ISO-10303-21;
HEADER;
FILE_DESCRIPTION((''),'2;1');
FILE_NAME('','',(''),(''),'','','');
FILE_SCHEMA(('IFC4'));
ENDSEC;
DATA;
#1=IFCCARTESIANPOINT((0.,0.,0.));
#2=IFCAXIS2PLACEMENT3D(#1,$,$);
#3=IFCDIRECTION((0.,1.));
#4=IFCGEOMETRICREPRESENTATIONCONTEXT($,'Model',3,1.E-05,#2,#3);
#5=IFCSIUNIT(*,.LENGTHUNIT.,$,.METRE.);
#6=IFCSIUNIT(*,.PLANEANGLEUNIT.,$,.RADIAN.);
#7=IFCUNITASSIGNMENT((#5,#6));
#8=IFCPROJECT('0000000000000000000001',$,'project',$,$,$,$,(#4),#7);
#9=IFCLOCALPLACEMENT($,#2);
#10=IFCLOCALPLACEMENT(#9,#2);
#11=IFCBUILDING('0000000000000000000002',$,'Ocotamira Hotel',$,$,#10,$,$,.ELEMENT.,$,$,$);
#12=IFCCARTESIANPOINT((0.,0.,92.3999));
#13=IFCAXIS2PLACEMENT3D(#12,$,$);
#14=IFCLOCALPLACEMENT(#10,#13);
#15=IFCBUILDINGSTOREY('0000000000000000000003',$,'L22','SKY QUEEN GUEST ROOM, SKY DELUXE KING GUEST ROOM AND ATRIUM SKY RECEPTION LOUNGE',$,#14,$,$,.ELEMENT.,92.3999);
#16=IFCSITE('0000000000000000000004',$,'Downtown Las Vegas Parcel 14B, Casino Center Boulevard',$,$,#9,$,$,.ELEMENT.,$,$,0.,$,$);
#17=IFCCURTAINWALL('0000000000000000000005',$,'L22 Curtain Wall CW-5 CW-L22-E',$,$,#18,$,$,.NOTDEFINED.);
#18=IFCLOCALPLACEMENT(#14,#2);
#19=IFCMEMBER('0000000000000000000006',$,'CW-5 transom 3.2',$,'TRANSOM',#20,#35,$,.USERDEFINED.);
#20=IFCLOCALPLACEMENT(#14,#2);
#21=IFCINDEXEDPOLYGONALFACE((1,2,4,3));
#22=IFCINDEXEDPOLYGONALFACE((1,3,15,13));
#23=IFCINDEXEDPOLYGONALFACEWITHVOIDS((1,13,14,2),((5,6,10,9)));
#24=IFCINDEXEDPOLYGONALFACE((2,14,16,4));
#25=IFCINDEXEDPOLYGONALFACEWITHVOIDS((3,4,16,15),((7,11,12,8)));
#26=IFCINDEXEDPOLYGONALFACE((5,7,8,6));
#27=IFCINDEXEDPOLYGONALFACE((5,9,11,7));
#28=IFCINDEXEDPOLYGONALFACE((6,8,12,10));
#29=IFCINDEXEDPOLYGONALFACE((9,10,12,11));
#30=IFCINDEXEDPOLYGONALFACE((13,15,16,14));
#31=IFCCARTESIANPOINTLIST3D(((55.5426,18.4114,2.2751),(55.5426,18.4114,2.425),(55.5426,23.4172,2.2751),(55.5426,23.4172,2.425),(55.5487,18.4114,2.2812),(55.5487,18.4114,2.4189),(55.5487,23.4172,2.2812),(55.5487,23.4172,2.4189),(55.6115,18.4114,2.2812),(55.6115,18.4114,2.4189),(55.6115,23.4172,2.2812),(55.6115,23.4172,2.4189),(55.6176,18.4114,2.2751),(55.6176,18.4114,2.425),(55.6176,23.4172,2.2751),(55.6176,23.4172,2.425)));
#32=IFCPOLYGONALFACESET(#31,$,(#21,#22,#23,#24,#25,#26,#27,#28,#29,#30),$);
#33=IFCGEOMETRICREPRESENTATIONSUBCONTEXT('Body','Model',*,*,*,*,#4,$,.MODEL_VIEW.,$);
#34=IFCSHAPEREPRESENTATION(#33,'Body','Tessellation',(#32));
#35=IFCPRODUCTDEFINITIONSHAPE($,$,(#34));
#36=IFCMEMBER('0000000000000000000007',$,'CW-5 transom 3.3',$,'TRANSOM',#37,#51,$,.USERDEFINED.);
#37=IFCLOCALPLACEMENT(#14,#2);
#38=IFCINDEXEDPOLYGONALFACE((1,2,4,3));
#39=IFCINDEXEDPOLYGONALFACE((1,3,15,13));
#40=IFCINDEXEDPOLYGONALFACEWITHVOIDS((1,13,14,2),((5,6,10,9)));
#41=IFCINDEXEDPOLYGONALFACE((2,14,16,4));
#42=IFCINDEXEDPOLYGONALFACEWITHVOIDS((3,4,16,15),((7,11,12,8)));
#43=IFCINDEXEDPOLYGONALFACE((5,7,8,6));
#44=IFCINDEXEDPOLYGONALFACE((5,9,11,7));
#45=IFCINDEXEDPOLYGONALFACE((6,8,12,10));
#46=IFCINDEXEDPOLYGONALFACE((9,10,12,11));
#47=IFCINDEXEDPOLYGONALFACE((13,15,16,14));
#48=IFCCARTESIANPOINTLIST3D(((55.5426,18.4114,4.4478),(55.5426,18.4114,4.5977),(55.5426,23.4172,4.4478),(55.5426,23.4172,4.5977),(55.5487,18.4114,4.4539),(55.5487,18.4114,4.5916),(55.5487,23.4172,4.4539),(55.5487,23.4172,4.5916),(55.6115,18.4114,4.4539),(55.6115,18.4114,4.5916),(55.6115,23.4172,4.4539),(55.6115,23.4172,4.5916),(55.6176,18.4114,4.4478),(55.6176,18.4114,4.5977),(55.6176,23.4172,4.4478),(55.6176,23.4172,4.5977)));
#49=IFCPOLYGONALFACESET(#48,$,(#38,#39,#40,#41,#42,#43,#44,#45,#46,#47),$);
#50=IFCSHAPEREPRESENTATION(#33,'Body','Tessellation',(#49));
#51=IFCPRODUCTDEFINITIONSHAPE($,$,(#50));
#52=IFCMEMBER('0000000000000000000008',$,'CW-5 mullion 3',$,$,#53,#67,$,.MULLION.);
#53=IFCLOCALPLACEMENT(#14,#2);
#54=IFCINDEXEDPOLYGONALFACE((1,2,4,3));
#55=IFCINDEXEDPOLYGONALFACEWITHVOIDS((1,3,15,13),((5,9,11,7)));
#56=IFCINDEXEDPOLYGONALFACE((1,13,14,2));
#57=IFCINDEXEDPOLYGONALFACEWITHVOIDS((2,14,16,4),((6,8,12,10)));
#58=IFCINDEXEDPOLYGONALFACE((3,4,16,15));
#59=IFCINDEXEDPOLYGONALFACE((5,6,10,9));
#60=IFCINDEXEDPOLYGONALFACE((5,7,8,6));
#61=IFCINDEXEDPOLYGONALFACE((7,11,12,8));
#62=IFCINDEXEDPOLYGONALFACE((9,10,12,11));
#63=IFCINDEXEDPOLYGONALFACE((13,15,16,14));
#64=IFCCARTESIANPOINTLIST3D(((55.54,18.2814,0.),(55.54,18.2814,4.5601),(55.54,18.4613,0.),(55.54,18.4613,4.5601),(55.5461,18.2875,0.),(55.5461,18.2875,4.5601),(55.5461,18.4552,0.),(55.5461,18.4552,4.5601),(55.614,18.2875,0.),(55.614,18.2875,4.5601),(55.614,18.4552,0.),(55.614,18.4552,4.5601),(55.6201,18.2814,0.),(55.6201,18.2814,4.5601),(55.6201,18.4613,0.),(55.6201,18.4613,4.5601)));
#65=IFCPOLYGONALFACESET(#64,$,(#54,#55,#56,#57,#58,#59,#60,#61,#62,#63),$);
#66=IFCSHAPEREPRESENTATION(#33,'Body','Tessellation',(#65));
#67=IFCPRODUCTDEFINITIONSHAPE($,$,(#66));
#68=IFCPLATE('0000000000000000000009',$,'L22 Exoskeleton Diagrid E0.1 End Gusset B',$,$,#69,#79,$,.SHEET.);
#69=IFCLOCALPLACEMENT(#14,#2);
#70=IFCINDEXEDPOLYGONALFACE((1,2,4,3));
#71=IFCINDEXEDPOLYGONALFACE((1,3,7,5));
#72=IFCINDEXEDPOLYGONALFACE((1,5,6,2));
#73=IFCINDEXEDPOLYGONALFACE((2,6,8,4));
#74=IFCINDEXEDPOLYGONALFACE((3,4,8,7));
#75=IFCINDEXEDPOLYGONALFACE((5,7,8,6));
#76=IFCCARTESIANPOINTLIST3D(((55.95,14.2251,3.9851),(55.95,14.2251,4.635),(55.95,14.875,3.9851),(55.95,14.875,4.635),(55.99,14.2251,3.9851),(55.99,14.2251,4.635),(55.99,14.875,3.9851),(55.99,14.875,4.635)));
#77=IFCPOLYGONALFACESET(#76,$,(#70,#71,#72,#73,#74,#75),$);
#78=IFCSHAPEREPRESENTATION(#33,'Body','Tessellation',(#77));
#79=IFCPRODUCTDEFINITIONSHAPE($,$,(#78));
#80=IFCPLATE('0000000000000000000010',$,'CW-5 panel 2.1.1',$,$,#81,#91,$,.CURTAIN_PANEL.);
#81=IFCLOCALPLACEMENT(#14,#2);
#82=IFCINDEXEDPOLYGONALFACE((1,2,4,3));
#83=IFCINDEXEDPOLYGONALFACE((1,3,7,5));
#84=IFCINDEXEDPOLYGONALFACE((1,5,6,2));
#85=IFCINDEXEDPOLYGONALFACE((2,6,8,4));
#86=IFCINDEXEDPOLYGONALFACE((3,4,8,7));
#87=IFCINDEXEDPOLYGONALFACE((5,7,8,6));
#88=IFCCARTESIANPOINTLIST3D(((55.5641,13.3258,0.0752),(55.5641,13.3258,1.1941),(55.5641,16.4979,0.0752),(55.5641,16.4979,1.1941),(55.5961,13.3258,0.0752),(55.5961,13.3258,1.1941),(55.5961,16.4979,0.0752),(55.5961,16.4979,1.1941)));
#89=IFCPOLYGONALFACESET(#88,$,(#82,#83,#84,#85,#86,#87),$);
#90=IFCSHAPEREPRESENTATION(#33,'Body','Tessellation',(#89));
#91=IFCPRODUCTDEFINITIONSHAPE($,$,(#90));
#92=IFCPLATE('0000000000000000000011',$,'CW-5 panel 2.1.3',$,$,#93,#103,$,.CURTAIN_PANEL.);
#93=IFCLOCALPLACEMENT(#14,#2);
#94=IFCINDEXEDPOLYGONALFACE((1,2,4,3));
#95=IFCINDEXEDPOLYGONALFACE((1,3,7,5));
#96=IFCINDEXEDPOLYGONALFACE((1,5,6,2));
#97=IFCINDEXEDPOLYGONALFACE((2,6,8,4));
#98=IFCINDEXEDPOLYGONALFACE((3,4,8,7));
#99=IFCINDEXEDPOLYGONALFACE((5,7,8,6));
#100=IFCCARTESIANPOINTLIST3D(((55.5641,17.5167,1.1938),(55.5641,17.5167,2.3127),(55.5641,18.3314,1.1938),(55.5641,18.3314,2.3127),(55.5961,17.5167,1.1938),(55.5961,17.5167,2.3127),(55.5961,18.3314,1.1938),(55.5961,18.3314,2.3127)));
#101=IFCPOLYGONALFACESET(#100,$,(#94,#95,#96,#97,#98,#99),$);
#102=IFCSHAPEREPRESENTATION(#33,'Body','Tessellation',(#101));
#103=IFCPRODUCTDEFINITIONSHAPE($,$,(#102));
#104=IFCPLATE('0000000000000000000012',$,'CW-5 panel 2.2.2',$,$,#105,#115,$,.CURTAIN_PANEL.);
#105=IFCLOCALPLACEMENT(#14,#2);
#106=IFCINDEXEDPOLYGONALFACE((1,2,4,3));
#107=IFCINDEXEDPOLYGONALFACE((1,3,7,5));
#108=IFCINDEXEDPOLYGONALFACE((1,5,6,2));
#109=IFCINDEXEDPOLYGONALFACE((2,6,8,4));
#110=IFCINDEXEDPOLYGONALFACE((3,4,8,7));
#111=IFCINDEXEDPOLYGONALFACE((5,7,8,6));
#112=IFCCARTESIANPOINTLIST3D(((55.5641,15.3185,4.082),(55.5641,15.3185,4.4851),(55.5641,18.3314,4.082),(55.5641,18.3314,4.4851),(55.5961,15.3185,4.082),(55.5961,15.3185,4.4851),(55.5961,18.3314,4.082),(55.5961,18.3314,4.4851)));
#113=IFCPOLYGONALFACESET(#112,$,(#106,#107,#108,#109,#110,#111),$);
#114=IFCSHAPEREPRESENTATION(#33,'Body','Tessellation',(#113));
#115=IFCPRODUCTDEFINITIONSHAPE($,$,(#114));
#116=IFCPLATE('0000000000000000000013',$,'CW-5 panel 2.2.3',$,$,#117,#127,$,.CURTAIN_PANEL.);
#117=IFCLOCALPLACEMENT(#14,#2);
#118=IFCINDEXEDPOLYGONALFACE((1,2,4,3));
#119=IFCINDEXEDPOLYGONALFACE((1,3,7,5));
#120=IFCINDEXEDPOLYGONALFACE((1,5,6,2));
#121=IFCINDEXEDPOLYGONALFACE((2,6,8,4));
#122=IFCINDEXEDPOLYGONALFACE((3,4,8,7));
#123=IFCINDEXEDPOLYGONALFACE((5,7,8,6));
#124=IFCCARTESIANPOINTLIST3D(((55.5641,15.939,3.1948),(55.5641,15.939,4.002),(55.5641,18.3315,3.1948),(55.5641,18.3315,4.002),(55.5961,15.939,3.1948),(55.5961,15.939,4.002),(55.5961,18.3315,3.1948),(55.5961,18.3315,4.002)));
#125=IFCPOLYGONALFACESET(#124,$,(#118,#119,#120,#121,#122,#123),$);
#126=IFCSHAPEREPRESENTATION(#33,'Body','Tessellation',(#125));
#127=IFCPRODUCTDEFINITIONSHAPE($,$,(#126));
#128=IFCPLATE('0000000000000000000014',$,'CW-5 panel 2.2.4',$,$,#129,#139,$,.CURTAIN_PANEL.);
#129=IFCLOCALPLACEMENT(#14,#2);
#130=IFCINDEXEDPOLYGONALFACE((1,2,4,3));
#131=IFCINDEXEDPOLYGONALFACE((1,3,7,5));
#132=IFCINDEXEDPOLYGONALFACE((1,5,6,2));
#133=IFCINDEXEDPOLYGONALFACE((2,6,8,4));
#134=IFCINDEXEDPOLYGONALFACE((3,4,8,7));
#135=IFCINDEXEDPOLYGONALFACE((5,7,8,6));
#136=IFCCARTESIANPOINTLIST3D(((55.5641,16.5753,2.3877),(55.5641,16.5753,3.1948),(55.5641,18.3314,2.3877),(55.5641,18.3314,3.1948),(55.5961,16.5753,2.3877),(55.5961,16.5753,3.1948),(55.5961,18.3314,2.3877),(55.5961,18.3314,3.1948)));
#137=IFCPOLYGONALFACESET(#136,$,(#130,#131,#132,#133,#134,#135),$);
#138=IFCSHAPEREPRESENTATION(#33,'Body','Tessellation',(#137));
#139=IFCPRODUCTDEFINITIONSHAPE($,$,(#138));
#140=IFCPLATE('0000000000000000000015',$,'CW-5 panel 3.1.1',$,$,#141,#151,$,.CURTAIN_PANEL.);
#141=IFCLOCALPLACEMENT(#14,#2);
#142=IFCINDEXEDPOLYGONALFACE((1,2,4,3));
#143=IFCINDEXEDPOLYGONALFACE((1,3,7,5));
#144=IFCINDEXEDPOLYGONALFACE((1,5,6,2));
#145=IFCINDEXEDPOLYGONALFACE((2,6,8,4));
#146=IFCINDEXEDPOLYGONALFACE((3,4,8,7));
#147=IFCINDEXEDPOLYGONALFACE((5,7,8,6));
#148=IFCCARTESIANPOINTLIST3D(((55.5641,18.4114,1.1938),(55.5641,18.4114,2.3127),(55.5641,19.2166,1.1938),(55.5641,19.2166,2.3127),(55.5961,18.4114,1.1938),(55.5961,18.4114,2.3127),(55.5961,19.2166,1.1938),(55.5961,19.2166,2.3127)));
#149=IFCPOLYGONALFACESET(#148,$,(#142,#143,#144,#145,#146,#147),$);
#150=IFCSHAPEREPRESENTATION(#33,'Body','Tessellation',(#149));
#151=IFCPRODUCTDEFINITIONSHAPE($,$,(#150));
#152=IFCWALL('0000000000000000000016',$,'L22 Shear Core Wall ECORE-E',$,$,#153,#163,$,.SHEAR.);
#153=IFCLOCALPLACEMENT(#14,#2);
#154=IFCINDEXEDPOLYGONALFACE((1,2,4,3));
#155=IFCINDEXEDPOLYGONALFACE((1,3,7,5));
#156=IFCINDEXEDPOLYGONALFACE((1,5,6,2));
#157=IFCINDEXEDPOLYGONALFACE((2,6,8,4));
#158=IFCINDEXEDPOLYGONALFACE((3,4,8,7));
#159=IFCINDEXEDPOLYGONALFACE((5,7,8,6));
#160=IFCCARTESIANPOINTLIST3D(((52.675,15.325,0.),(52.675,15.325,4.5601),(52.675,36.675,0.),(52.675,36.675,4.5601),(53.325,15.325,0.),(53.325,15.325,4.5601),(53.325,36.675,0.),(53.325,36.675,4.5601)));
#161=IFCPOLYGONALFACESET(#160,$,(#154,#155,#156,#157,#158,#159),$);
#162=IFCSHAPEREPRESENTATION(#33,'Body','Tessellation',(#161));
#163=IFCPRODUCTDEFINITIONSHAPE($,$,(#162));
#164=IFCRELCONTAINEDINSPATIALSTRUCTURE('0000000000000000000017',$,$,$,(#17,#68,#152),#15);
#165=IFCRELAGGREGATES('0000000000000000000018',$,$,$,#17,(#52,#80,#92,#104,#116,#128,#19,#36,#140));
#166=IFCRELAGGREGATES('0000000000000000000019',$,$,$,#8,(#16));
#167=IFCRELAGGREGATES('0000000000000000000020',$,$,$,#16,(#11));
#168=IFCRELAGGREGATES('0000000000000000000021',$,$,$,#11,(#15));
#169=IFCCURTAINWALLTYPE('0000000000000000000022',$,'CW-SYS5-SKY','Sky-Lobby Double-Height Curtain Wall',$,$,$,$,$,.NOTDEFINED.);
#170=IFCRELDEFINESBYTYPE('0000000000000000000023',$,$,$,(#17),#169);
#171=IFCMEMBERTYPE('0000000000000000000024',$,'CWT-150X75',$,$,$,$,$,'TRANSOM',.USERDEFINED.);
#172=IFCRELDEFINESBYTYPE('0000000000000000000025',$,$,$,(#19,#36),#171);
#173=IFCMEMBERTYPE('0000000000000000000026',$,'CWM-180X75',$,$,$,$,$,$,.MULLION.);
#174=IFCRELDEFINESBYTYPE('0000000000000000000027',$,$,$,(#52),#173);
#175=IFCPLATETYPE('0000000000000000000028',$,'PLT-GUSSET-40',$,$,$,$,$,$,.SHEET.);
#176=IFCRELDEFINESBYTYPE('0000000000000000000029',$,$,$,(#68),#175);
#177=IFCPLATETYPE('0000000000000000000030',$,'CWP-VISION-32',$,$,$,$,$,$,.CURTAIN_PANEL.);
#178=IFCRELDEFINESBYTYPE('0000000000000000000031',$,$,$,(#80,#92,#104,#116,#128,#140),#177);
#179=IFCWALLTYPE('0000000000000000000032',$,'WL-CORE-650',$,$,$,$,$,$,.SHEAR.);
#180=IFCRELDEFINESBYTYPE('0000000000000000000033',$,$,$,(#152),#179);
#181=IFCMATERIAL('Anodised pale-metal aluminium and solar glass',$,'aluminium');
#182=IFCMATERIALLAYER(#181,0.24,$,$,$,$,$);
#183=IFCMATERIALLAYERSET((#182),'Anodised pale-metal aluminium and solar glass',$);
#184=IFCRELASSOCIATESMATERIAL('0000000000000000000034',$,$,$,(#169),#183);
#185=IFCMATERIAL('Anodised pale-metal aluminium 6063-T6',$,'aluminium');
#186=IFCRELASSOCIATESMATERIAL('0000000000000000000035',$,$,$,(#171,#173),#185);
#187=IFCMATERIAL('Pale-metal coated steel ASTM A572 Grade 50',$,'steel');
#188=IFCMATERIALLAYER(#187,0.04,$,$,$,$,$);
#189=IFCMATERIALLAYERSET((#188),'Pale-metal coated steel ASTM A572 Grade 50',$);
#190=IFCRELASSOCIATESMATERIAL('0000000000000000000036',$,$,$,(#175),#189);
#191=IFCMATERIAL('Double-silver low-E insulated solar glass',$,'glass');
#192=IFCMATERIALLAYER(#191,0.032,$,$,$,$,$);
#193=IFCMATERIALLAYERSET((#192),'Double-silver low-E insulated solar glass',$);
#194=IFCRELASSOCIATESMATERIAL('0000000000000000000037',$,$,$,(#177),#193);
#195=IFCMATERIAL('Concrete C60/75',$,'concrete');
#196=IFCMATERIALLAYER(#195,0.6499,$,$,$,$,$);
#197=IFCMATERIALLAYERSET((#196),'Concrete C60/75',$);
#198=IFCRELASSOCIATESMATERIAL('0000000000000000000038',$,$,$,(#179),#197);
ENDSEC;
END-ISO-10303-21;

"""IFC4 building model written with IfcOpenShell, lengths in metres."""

from ifc_helpers import new_model, si_unit, direction, frame, frame_2d, origin, origin_2d, place, context, subcontext, project, spatial, rectangle, hollow_rectangle, extrude, source, transform, mapped, material, layer, layer_set, material_profile, profile_set, type_object, element, aggregate, save


model = new_model("IFC4")

# Units and contexts
model_context = context("Model", 3, precision=1e-05, world=origin(), true_north=direction((0.0, 1.0)))
body_context = subcontext(model_context, "Body", "Model", "MODEL_VIEW")
ifc_project = project(units=[si_unit("LENGTHUNIT", "METRE"), si_unit("PLANEANGLEUNIT", "RADIAN")], contexts=[model_context])

# Site, building, storey
site_placement = place(None, origin())
site = spatial("IfcSite", under=ifc_project, at=site_placement, Name="Downtown Las Vegas Parcel 14B, Casino Center Boulevard", CompositionType="ELEMENT", RefElevation=0.0)
building_placement = place(site_placement, origin())
building = spatial("IfcBuilding", under=site, at=building_placement, Name="Ocotamira Hotel", CompositionType="ELEMENT")
storey_placement = place(building_placement, frame((0.0, 0.0, 92.3999)))
storey = spatial("IfcBuildingStorey", under=building, at=storey_placement, Name="L22", Description="SKY QUEEN GUEST ROOM, SKY DELUXE KING GUEST ROOM AND ATRIUM SKY RECEPTION LOUNGE", CompositionType="ELEMENT", Elevation=92.3999)

# Curtain wall, members
ifc_material_1 = material(Name="Anodised pale-metal aluminium and solar glass", Category="aluminium")
ifc_layer_1 = layer(ifc_material_1, 0.24)
ifc_layer_set_1 = layer_set([ifc_layer_1], Name="Anodised pale-metal aluminium and solar glass")
curtain_wall_type = type_object("IfcCurtainWallType", Name="CW-SYS5-SKY", Description="Sky-Lobby Double-Height Curtain Wall", PredefinedType="NOTDEFINED", material=ifc_layer_set_1)
curtain_wall_placement = place(storey_placement, origin())
curtain_wall = element("IfcCurtainWall", 1, at=curtain_wall_placement, inside=storey, type_object=curtain_wall_type, Name="L22 Curtain Wall CW-5 CW-L22-E", PredefinedType="NOTDEFINED")
ifc_material_2 = material(Name="Anodised pale-metal aluminium 6063-T6", Category="aluminium")
ifc_material_profile_1 = material_profile(ifc_material_2, hollow_rectangle(XDim=0.075, YDim=0.1499, WallThickness=0.0061, at=origin_2d()), Name="HSS150X75X6")
ifc_profile_set_1 = profile_set([ifc_material_profile_1], Name="Anodised pale-metal aluminium 6063-T6")
member_type_1 = type_object("IfcMemberType", Name="CWT-150X75", ElementType="TRANSOM", PredefinedType="USERDEFINED", material=ifc_profile_set_1)
shared_shape_1 = source(origin(), body_context, "Body", "SweptSolid", [
    extrude(hollow_rectangle(XDim=0.075, YDim=0.1499, WallThickness=0.0061, at=origin_2d()), origin(), (0.0, 0.0, 1.0), 5.0059),
])
member_1_placement = place(storey_placement, frame((55.5801, 18.4114, 2.3501), z_axis=(0.0, 1.0, 0.0), x_axis=(-1.0, 0.0, 0.0)))
member_1 = element("IfcMember", 2, at=member_1_placement, type_object=member_type_1, Name="CW-5 transom 3.2", ObjectType="TRANSOM", PredefinedType="USERDEFINED", context=body_context, shape_type="MappedRepresentation", body=[
    mapped(shared_shape_1, transform((0.0, 0.0, 0.0), scale=1.0)),
])
member_2_placement = place(storey_placement, frame((55.5801, 18.4114, 4.5227), z_axis=(0.0, 1.0, 0.0), x_axis=(-1.0, 0.0, 0.0)))
member_2 = element("IfcMember", 3, at=member_2_placement, type_object=member_type_1, Name="CW-5 transom 3.3", ObjectType="TRANSOM", PredefinedType="USERDEFINED", context=body_context, shape_type="MappedRepresentation", body=[
    mapped(shared_shape_1, transform((0.0, 0.0, 0.0), scale=1.0)),
])
ifc_material_profile_2 = material_profile(ifc_material_2, hollow_rectangle(XDim=0.0801, YDim=0.1799, WallThickness=0.0061, at=origin_2d()), Name="HSS180X80X6")
ifc_profile_set_2 = profile_set([ifc_material_profile_2], Name="Anodised pale-metal aluminium 6063-T6")
member_type_2 = type_object("IfcMemberType", Name="CWM-180X75", PredefinedType="MULLION", material=ifc_profile_set_2)
shared_shape_2 = source(origin(), body_context, "Body", "SweptSolid", [
    extrude(hollow_rectangle(XDim=0.0801, YDim=0.1799, WallThickness=0.0061, at=origin_2d()), origin(), (0.0, 0.0, 1.0), 4.5601),
])
member_3_placement = place(storey_placement, frame((55.5801, 18.3713, 0.0), z_axis=(0.0, 0.0, 1.0), x_axis=(-1.0, 0.0, 0.0)))
member_3 = element("IfcMember", 4, at=member_3_placement, type_object=member_type_2, Name="CW-5 mullion 3", PredefinedType="MULLION", context=body_context, shape_type="MappedRepresentation", body=[
    mapped(shared_shape_2, transform((0.0, 0.0, 0.0), scale=1.0)),
])

# Plates
ifc_material_3 = material(Name="Pale-metal coated steel ASTM A572 Grade 50", Category="steel")
ifc_layer_2 = layer(ifc_material_3, 0.04)
ifc_layer_set_2 = layer_set([ifc_layer_2], Name="Pale-metal coated steel ASTM A572 Grade 50")
plate_type_1 = type_object("IfcPlateType", Name="PLT-GUSSET-40", PredefinedType="SHEET", material=ifc_layer_set_2)
shared_shape_3 = source(origin(), body_context, "Body", "SweptSolid", [
    extrude(rectangle(XDim=0.04, YDim=0.6499, at=origin_2d()), origin(), (0.0, 0.0, 1.0), 0.6499),
])
plate_1_placement = place(storey_placement, frame((55.97, 14.55, 3.9851), z_axis=(0.0, 0.0, 1.0), x_axis=(1.0, 0.0, 0.0)))
element("IfcPlate", 5, at=plate_1_placement, inside=storey, type_object=plate_type_1, Name="L22 Exoskeleton Diagrid E0.1 End Gusset B", PredefinedType="SHEET", context=body_context, shape_type="MappedRepresentation", body=[
    mapped(shared_shape_3, transform((0.0, 0.0, 0.0), scale=1.0)),
])
ifc_material_4 = material(Name="Double-silver low-E insulated solar glass", Category="glass")
ifc_layer_3 = layer(ifc_material_4, 0.032)
ifc_layer_set_3 = layer_set([ifc_layer_3], Name="Double-silver low-E insulated solar glass")
plate_type_2 = type_object("IfcPlateType", Name="CWP-VISION-32", PredefinedType="CURTAIN_PANEL", material=ifc_layer_set_3)
shared_shape_4 = source(origin(), body_context, "Body", "SweptSolid", [
    extrude(rectangle(XDim=3.1721, YDim=0.032, at=origin_2d()), origin(), (0.0, 0.0, 1.0), 1.1189),
])
plate_2_placement = place(storey_placement, frame((55.5801, 14.9119, 0.0752), z_axis=(0.0, 0.0, 1.0), x_axis=(0.0, 1.0, 0.0)))
plate_2 = element("IfcPlate", 6, at=plate_2_placement, type_object=plate_type_2, Name="CW-5 panel 2.1.1", PredefinedType="CURTAIN_PANEL", context=body_context, shape_type="MappedRepresentation", body=[
    mapped(shared_shape_4, transform((0.0, 0.0, 0.0), scale=1.0)),
])
shared_shape_5 = source(origin(), body_context, "Body", "SweptSolid", [
    extrude(rectangle(XDim=0.8147, YDim=0.032, at=origin_2d()), origin(), (0.0, 0.0, 1.0), 1.1189),
])
plate_3_placement = place(storey_placement, frame((55.5801, 17.9241, 1.1938), z_axis=(0.0, 0.0, 1.0), x_axis=(0.0, 1.0, 0.0)))
plate_3 = element("IfcPlate", 7, at=plate_3_placement, type_object=plate_type_2, Name="CW-5 panel 2.1.3", PredefinedType="CURTAIN_PANEL", context=body_context, shape_type="MappedRepresentation", body=[
    mapped(shared_shape_5, transform((0.0, 0.0, 0.0), scale=1.0)),
])
shared_shape_6 = source(origin(), body_context, "Body", "SweptSolid", [
    extrude(rectangle(XDim=3.0129, YDim=0.032, at=origin_2d()), origin(), (0.0, 0.0, 1.0), 0.4031),
])
plate_4_placement = place(storey_placement, frame((55.5801, 16.825, 4.082), z_axis=(0.0, 0.0, 1.0), x_axis=(0.0, 1.0, 0.0)))
plate_4 = element("IfcPlate", 8, at=plate_4_placement, type_object=plate_type_2, Name="CW-5 panel 2.2.2", PredefinedType="CURTAIN_PANEL", context=body_context, shape_type="MappedRepresentation", body=[
    mapped(shared_shape_6, transform((0.0, 0.0, 0.0), scale=1.0)),
])
shared_shape_7 = source(origin(), body_context, "Body", "SweptSolid", [
    extrude(rectangle(XDim=2.3926, YDim=0.032, at=origin_2d()), origin(), (0.0, 0.0, 1.0), 0.8071),
])
plate_5_placement = place(storey_placement, frame((55.5801, 17.1353, 3.1948), z_axis=(0.0, 0.0, 1.0), x_axis=(0.0, 1.0, 0.0)))
plate_5 = element("IfcPlate", 9, at=plate_5_placement, type_object=plate_type_2, Name="CW-5 panel 2.2.3", PredefinedType="CURTAIN_PANEL", context=body_context, shape_type="MappedRepresentation", body=[
    mapped(shared_shape_7, transform((0.0, 0.0, 0.0), scale=1.0)),
])
shared_shape_8 = source(origin(), body_context, "Body", "SweptSolid", [
    extrude(rectangle(XDim=1.7561, YDim=0.032, at=origin_2d()), origin(), (0.0, 0.0, 1.0), 0.8071),
])
plate_6_placement = place(storey_placement, frame((55.5801, 17.4534, 2.3877), z_axis=(0.0, 0.0, 1.0), x_axis=(0.0, 1.0, 0.0)))
plate_6 = element("IfcPlate", 10, at=plate_6_placement, type_object=plate_type_2, Name="CW-5 panel 2.2.4", PredefinedType="CURTAIN_PANEL", context=body_context, shape_type="MappedRepresentation", body=[
    mapped(shared_shape_8, transform((0.0, 0.0, 0.0), scale=1.0)),
])
shared_shape_9 = source(origin(), body_context, "Body", "SweptSolid", [
    extrude(rectangle(XDim=0.8052, YDim=0.032, at=origin_2d()), origin(), (0.0, 0.0, 1.0), 1.1189),
])
plate_7_placement = place(storey_placement, frame((55.5801, 18.814, 1.1938), z_axis=(0.0, 0.0, 1.0), x_axis=(0.0, 1.0, 0.0)))
plate_7 = element("IfcPlate", 11, at=plate_7_placement, type_object=plate_type_2, Name="CW-5 panel 3.1.1", PredefinedType="CURTAIN_PANEL", context=body_context, shape_type="MappedRepresentation", body=[
    mapped(shared_shape_9, transform((0.0, 0.0, 0.0), scale=1.0)),
])
aggregate(curtain_wall, [member_3, plate_2, plate_3, plate_4, plate_5, plate_6, member_1, member_2, plate_7])

# Wall
ifc_material_5 = material(Name="Concrete C60/75", Category="concrete")
ifc_layer_4 = layer(ifc_material_5, 0.6499)
ifc_layer_set_4 = layer_set([ifc_layer_4], Name="Concrete C60/75")
wall_type_1 = type_object("IfcWallType", Name="WL-CORE-650", PredefinedType="SHEAR", material=ifc_layer_set_4)
wall_1_placement = place(storey_placement, frame((53.0, 15.325, 0.0), z_axis=(0.0, 0.0, 1.0), x_axis=(0.0, 1.0, 0.0)))
element("IfcWall", 12, at=wall_1_placement, inside=storey, type_object=wall_type_1, Name="L22 Shear Core Wall ECORE-E", PredefinedType="SHEAR", context=body_context, shape_type="SweptSolid", body=[
    extrude(rectangle(XDim=21.3501, YDim=0.6499, at=frame_2d((10.675, 0.0))), origin(), (0.0, 0.0, 1.0), 4.5601),
])

save(model, "model.ifc")
